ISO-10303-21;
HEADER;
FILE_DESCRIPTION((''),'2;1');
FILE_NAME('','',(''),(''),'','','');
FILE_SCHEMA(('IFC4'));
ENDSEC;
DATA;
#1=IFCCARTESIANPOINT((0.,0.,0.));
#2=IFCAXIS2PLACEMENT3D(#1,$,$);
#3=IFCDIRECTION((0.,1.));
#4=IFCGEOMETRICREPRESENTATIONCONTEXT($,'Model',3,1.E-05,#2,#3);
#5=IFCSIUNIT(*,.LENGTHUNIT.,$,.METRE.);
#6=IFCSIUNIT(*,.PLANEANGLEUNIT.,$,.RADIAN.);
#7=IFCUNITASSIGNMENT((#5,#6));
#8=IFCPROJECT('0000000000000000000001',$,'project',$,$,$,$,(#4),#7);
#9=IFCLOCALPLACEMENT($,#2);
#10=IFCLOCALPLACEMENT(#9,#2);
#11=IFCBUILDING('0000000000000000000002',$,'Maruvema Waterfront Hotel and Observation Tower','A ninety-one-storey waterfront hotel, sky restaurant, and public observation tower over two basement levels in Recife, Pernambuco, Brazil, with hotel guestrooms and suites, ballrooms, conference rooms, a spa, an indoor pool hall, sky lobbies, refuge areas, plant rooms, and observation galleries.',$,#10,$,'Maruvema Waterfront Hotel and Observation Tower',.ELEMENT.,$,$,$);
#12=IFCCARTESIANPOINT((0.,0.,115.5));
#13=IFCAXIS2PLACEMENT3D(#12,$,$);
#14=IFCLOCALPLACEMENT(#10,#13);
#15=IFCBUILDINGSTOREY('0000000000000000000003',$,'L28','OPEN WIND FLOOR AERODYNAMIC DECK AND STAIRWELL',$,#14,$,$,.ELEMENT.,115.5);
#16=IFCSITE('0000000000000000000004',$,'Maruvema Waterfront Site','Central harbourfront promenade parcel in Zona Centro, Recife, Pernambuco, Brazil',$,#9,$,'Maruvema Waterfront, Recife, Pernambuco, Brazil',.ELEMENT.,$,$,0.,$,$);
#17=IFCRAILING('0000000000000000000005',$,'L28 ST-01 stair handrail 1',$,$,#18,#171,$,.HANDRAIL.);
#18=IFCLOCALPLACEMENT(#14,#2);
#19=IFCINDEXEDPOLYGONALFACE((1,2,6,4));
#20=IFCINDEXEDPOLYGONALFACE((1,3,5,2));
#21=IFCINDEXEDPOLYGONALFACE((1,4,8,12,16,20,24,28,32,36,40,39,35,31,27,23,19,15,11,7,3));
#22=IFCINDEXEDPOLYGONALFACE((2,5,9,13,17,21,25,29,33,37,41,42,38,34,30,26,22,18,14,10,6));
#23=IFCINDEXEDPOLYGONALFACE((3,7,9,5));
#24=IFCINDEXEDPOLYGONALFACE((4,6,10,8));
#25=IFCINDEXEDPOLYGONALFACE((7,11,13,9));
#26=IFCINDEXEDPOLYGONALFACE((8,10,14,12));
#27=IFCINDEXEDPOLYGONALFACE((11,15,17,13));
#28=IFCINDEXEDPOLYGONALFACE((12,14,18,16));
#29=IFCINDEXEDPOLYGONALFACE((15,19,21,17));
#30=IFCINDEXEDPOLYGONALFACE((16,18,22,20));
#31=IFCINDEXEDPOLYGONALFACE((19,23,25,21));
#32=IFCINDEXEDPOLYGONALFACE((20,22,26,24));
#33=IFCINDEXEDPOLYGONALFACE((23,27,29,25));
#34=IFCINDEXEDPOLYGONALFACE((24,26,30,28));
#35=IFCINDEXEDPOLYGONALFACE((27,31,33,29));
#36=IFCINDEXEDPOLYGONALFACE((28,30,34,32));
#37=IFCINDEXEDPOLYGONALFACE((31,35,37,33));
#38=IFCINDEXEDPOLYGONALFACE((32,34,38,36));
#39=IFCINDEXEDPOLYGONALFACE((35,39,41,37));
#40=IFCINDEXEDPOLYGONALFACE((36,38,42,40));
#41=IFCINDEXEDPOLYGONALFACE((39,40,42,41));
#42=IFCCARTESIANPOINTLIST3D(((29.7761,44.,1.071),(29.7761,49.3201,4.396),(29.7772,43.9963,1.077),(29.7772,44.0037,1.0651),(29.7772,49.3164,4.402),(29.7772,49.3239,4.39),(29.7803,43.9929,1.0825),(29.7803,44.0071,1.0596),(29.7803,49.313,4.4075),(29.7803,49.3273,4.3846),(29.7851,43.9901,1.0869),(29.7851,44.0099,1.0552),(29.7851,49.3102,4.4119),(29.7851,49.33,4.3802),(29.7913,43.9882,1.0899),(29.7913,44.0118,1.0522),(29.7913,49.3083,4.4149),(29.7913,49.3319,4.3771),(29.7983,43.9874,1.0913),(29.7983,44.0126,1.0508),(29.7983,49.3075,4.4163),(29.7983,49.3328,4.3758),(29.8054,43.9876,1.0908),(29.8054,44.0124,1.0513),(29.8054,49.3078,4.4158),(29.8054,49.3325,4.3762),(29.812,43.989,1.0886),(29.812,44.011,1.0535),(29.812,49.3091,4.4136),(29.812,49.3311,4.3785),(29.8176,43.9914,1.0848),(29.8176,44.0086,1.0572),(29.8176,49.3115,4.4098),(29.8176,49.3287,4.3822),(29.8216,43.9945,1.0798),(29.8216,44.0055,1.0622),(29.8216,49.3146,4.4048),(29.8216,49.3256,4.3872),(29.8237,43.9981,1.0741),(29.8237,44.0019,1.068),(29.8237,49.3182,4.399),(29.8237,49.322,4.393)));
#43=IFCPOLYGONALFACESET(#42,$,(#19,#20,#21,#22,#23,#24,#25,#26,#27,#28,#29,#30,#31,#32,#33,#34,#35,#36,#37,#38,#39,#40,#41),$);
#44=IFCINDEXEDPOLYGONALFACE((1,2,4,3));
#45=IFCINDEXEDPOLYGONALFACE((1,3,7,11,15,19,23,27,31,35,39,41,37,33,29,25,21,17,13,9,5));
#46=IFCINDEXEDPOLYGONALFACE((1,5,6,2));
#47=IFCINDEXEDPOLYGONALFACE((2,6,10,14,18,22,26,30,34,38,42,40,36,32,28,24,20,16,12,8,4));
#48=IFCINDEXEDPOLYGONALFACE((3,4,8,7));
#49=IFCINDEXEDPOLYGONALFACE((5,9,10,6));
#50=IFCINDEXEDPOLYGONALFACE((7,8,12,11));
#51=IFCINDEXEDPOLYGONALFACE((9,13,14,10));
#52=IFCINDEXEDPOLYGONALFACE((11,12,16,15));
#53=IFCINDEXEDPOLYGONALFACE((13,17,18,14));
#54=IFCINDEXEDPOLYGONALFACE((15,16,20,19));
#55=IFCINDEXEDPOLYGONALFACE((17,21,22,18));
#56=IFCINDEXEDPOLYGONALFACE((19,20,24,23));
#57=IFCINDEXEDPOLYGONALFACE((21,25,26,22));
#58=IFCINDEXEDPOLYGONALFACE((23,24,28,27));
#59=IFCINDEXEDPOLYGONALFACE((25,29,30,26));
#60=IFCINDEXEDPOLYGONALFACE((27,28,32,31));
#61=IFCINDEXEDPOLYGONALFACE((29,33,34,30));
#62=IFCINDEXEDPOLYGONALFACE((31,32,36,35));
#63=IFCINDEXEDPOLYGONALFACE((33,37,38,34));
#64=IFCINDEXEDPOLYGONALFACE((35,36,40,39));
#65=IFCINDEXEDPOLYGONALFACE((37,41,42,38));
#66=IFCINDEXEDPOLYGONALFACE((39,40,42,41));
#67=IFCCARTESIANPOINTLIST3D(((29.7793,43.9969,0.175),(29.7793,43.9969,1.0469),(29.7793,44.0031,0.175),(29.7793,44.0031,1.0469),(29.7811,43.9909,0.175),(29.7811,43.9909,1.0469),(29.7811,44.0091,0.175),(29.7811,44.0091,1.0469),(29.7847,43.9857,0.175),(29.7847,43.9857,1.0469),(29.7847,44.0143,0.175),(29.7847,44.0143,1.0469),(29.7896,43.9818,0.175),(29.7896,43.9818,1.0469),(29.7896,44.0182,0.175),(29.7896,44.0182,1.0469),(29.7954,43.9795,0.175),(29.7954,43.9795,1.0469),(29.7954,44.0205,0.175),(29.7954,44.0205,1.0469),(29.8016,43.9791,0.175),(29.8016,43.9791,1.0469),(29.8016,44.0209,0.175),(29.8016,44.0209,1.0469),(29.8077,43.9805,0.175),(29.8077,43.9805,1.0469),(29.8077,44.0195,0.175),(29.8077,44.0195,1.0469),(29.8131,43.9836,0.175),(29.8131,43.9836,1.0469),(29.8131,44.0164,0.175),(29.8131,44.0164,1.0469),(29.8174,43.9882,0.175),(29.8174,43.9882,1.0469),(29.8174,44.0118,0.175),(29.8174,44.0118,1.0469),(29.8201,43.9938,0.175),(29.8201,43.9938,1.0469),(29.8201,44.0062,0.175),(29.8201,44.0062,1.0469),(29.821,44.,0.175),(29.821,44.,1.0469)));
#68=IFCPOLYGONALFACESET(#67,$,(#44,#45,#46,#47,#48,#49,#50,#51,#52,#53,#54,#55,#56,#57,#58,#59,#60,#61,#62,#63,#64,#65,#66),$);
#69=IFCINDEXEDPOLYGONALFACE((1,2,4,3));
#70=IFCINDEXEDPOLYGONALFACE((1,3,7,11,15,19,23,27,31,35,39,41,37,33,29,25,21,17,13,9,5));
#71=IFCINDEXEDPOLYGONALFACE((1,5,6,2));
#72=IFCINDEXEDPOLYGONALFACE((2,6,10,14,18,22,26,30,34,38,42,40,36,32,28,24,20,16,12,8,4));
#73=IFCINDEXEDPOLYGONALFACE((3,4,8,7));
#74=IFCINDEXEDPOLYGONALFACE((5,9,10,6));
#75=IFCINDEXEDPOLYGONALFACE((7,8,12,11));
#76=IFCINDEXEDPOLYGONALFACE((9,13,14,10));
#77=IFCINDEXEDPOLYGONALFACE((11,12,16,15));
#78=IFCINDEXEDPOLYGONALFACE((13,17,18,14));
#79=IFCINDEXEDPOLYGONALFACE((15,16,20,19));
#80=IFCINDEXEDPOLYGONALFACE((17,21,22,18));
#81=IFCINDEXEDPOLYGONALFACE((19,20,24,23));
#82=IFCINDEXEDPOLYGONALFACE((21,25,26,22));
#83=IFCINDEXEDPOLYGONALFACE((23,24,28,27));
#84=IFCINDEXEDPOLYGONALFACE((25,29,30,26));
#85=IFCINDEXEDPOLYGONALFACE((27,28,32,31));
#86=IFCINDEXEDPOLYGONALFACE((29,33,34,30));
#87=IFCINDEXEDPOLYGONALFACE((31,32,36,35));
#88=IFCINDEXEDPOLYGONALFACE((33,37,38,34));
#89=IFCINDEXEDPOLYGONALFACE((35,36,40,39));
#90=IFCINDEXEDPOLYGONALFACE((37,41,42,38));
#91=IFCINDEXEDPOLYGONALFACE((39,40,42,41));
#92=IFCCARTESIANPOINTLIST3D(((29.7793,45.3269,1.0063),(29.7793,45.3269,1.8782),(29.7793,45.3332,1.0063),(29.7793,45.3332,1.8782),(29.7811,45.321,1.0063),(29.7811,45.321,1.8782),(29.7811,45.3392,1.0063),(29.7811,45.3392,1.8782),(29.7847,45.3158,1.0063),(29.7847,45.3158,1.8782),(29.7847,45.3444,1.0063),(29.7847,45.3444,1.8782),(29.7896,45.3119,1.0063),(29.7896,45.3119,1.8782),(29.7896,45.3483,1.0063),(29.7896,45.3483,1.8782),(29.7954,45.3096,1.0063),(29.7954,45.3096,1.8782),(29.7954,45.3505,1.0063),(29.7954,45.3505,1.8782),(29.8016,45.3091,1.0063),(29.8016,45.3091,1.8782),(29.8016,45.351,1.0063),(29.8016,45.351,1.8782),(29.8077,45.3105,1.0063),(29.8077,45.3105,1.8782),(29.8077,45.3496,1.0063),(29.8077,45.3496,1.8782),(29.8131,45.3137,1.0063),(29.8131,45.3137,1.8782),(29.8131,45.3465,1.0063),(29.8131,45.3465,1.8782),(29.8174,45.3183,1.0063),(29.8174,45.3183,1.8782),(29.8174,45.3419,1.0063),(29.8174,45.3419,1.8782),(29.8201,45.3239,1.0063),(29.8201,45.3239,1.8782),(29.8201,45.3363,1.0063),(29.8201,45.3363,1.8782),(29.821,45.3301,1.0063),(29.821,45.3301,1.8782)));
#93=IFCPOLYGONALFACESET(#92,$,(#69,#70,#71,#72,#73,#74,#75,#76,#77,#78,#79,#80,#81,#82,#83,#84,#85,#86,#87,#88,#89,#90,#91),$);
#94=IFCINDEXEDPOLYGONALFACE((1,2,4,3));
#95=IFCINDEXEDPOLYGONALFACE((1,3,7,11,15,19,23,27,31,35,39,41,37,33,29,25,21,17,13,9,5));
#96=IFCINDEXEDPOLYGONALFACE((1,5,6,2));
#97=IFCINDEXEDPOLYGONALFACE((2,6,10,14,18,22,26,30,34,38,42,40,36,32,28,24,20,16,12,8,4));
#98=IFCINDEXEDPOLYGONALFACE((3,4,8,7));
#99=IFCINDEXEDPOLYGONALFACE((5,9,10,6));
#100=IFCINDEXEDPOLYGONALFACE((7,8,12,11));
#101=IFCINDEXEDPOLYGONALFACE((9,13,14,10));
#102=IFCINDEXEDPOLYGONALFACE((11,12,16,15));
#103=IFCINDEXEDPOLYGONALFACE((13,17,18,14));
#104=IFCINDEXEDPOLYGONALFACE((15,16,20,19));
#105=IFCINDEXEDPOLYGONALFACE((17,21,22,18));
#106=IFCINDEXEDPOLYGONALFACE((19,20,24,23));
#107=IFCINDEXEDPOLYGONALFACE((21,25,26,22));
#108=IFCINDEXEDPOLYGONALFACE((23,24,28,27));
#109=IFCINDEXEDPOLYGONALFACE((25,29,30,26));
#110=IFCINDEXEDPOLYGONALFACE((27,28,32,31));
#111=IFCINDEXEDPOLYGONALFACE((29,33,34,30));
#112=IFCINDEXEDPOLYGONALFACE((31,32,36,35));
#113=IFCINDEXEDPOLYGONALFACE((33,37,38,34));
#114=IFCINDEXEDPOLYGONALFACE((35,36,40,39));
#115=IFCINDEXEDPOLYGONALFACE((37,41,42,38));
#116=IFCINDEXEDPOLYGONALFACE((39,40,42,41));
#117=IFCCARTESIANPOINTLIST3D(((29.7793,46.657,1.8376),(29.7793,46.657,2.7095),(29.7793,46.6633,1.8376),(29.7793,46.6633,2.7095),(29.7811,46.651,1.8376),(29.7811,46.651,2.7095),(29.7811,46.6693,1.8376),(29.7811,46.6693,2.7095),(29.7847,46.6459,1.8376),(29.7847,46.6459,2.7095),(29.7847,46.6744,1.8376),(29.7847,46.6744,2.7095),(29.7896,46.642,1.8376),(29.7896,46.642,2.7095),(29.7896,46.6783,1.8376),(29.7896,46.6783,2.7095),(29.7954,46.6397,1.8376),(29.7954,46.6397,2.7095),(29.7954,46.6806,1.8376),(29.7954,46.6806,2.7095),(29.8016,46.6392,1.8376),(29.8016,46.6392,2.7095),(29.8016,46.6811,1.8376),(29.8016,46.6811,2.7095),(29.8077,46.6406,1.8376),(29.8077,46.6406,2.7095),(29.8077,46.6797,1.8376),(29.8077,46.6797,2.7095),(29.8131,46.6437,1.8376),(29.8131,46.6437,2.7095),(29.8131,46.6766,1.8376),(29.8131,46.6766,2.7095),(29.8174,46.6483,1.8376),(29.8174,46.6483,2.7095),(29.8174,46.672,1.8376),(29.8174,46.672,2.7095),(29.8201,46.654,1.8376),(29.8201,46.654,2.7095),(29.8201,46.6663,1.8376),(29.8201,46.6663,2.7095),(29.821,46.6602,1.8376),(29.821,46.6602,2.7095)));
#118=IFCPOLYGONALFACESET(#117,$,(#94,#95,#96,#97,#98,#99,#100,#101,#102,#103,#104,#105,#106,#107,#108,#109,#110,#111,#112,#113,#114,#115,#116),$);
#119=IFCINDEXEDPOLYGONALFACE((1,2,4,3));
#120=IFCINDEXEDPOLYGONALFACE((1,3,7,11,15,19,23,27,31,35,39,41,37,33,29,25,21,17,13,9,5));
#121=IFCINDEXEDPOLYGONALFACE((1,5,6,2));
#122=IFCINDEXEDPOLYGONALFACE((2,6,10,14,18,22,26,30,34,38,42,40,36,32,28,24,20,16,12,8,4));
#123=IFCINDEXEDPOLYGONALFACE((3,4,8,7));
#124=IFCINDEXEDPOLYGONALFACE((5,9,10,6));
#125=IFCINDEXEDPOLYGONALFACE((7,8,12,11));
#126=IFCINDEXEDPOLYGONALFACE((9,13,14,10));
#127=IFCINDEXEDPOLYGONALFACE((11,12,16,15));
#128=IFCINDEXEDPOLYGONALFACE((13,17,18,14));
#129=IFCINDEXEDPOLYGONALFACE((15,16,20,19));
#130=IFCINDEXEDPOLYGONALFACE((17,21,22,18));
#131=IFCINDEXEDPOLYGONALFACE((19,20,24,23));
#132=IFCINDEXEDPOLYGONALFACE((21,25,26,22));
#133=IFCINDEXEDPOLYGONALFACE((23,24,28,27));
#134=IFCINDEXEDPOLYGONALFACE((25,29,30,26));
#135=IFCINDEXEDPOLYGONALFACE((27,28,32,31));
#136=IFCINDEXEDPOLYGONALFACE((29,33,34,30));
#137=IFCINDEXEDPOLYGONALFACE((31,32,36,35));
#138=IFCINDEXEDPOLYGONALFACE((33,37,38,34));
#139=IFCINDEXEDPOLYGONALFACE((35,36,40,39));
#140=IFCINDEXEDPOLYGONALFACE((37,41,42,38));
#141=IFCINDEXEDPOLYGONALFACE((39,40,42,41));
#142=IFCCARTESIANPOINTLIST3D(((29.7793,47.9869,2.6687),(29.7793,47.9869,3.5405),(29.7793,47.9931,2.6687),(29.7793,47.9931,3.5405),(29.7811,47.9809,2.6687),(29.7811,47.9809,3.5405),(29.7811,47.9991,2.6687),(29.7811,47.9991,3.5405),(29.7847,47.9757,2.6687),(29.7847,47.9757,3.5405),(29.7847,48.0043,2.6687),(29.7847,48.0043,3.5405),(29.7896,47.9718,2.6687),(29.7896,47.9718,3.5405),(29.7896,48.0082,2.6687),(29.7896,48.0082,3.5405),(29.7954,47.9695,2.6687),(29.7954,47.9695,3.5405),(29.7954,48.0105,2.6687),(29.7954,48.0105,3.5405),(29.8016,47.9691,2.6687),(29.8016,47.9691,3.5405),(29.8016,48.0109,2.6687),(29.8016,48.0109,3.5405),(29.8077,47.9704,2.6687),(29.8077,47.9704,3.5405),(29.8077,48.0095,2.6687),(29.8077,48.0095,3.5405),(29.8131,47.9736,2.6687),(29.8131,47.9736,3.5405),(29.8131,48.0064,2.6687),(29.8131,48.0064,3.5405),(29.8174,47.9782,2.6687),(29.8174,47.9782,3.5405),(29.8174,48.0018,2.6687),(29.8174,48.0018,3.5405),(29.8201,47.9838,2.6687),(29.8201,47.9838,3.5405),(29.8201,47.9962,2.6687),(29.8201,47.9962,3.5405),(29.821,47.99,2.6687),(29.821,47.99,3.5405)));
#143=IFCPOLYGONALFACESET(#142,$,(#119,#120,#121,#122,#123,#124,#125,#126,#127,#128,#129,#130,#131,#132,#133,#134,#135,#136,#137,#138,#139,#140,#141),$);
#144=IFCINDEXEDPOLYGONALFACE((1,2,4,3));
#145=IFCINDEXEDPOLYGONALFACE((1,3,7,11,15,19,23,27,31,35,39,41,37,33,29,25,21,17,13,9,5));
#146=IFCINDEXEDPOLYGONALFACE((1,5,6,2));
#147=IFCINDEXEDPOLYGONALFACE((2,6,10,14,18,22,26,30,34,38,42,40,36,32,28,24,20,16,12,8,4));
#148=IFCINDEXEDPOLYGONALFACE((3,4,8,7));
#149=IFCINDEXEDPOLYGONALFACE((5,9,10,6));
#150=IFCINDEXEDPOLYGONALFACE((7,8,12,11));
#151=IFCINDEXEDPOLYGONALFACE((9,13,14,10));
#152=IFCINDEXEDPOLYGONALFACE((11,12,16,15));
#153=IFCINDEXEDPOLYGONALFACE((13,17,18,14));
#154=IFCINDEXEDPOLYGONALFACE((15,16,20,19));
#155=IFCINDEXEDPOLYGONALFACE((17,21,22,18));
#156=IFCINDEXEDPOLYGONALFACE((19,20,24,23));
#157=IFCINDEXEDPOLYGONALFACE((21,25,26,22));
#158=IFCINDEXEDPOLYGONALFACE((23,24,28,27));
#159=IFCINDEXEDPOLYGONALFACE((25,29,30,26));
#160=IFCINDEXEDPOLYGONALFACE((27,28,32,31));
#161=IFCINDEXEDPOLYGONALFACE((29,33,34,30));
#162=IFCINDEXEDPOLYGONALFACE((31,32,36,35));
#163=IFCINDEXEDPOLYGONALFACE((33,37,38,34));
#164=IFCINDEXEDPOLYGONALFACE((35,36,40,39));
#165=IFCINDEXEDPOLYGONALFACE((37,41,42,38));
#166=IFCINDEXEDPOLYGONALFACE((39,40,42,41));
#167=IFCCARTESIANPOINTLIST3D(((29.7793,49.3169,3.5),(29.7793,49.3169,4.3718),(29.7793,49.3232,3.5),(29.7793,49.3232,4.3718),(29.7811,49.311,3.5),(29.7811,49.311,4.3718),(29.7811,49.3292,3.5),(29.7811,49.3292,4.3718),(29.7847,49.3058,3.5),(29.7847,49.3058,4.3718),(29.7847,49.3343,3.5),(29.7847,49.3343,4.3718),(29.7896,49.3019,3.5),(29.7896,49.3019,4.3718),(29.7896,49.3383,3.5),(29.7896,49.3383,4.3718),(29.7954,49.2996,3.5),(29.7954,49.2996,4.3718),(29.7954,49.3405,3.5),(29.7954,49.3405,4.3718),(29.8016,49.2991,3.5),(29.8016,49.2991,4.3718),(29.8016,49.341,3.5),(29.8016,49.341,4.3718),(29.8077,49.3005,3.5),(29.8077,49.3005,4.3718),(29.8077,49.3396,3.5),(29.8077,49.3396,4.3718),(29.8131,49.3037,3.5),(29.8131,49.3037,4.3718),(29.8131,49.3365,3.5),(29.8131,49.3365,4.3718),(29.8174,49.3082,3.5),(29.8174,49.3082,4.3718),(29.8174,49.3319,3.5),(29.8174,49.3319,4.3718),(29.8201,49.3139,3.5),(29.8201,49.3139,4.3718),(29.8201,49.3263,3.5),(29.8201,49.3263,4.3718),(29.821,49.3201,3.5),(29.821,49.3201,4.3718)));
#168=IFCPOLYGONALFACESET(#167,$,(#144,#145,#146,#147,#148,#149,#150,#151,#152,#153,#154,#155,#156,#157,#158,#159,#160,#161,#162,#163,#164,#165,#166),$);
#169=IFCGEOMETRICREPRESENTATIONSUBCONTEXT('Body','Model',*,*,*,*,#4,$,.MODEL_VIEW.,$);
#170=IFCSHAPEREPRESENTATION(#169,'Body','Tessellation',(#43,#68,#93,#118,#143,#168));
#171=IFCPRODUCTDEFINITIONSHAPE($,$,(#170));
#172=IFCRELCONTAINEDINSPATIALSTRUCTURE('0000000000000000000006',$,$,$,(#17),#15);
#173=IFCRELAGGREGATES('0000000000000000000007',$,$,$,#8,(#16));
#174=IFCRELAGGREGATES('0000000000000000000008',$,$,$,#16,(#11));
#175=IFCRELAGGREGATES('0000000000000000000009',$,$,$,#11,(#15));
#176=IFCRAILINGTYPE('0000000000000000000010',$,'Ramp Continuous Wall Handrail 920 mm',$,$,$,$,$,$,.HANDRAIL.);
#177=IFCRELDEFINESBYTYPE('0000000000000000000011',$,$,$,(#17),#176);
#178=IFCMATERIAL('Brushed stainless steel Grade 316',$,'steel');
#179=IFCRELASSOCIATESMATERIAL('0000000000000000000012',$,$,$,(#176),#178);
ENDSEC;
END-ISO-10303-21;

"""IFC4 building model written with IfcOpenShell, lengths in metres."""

from ifc_helpers import new_model, si_unit, direction, frame, origin, origin_2d, place, context, subcontext, project, spatial, circle, extrude, material, type_object, element, save


model = new_model("IFC4")

# Units and contexts
model_context = context("Model", 3, precision=1e-05, world=origin(), true_north=direction((0.0, 1.0)))
body_context = subcontext(model_context, "Body", "Model", "MODEL_VIEW")
ifc_project = project(units=[si_unit("LENGTHUNIT", "METRE"), si_unit("PLANEANGLEUNIT", "RADIAN")], contexts=[model_context])

# Site, building, storey
site_placement = place(None, origin())
site = spatial("IfcSite", under=ifc_project, at=site_placement, Name="Maruvema Waterfront Site", Description="Central harbourfront promenade parcel in Zona Centro, Recife, Pernambuco, Brazil", LongName="Maruvema Waterfront, Recife, Pernambuco, Brazil", CompositionType="ELEMENT", RefElevation=0.0)
building_placement = place(site_placement, origin())
building = spatial("IfcBuilding", under=site, at=building_placement, Name="Maruvema Waterfront Hotel and Observation Tower", Description="A ninety-one-storey waterfront hotel, sky restaurant, and public observation tower over two basement levels in Recife, Pernambuco, Brazil, with hotel guestrooms and suites, ballrooms, conference rooms, a spa, an indoor pool hall, sky lobbies, refuge areas, plant rooms, and observation galleries.", LongName="Maruvema Waterfront Hotel and Observation Tower", CompositionType="ELEMENT")
storey_placement = place(building_placement, frame((0.0, 0.0, 115.5)))
storey = spatial("IfcBuildingStorey", under=building, at=storey_placement, Name="L28", Description="OPEN WIND FLOOR AERODYNAMIC DECK AND STAIRWELL", CompositionType="ELEMENT", Elevation=115.5)

# Railing
ifc_material_1 = material(Name="Brushed stainless steel Grade 316", Category="steel")
railing_type_1 = type_object("IfcRailingType", Name="Ramp Continuous Wall Handrail 920 mm", PredefinedType="HANDRAIL", material=ifc_material_1)
railing_1_placement = place(storey_placement, frame((29.8, 44.0, 0.175)))
element("IfcRailing", 1, at=railing_1_placement, inside=storey, type_object=railing_type_1, Name="L28 ST-01 stair handrail 1", PredefinedType="HANDRAIL", context=body_context, shape_type="SweptSolid", body=[
    extrude(circle(Radius=0.0239, at=origin_2d()), frame((0.0, 0.0, 0.896), z_axis=(0.0, 0.848005, 0.529988), x_axis=(-1.0, 0.0, 0.0)), (0.0, 0.0, 1.0), 6.2737),
    extrude(circle(Radius=0.021, at=origin_2d()), origin(), (0.0, 0.0, 1.0), 0.8718),
    extrude(circle(Radius=0.021, at=origin_2d()), frame((0.0, 1.3301, 0.8313)), (0.0, 0.0, 1.0), 0.8718),
    extrude(circle(Radius=0.021, at=origin_2d()), frame((0.0, 2.6602, 1.6626)), (0.0, 0.0, 1.0), 0.8718),
    extrude(circle(Radius=0.021, at=origin_2d()), frame((0.0, 3.99, 2.4937)), (0.0, 0.0, 1.0), 0.8718),
    extrude(circle(Radius=0.021, at=origin_2d()), frame((0.0, 5.3201, 3.325)), (0.0, 0.0, 1.0), 0.8718),
])

save(model, "model.ifc")
